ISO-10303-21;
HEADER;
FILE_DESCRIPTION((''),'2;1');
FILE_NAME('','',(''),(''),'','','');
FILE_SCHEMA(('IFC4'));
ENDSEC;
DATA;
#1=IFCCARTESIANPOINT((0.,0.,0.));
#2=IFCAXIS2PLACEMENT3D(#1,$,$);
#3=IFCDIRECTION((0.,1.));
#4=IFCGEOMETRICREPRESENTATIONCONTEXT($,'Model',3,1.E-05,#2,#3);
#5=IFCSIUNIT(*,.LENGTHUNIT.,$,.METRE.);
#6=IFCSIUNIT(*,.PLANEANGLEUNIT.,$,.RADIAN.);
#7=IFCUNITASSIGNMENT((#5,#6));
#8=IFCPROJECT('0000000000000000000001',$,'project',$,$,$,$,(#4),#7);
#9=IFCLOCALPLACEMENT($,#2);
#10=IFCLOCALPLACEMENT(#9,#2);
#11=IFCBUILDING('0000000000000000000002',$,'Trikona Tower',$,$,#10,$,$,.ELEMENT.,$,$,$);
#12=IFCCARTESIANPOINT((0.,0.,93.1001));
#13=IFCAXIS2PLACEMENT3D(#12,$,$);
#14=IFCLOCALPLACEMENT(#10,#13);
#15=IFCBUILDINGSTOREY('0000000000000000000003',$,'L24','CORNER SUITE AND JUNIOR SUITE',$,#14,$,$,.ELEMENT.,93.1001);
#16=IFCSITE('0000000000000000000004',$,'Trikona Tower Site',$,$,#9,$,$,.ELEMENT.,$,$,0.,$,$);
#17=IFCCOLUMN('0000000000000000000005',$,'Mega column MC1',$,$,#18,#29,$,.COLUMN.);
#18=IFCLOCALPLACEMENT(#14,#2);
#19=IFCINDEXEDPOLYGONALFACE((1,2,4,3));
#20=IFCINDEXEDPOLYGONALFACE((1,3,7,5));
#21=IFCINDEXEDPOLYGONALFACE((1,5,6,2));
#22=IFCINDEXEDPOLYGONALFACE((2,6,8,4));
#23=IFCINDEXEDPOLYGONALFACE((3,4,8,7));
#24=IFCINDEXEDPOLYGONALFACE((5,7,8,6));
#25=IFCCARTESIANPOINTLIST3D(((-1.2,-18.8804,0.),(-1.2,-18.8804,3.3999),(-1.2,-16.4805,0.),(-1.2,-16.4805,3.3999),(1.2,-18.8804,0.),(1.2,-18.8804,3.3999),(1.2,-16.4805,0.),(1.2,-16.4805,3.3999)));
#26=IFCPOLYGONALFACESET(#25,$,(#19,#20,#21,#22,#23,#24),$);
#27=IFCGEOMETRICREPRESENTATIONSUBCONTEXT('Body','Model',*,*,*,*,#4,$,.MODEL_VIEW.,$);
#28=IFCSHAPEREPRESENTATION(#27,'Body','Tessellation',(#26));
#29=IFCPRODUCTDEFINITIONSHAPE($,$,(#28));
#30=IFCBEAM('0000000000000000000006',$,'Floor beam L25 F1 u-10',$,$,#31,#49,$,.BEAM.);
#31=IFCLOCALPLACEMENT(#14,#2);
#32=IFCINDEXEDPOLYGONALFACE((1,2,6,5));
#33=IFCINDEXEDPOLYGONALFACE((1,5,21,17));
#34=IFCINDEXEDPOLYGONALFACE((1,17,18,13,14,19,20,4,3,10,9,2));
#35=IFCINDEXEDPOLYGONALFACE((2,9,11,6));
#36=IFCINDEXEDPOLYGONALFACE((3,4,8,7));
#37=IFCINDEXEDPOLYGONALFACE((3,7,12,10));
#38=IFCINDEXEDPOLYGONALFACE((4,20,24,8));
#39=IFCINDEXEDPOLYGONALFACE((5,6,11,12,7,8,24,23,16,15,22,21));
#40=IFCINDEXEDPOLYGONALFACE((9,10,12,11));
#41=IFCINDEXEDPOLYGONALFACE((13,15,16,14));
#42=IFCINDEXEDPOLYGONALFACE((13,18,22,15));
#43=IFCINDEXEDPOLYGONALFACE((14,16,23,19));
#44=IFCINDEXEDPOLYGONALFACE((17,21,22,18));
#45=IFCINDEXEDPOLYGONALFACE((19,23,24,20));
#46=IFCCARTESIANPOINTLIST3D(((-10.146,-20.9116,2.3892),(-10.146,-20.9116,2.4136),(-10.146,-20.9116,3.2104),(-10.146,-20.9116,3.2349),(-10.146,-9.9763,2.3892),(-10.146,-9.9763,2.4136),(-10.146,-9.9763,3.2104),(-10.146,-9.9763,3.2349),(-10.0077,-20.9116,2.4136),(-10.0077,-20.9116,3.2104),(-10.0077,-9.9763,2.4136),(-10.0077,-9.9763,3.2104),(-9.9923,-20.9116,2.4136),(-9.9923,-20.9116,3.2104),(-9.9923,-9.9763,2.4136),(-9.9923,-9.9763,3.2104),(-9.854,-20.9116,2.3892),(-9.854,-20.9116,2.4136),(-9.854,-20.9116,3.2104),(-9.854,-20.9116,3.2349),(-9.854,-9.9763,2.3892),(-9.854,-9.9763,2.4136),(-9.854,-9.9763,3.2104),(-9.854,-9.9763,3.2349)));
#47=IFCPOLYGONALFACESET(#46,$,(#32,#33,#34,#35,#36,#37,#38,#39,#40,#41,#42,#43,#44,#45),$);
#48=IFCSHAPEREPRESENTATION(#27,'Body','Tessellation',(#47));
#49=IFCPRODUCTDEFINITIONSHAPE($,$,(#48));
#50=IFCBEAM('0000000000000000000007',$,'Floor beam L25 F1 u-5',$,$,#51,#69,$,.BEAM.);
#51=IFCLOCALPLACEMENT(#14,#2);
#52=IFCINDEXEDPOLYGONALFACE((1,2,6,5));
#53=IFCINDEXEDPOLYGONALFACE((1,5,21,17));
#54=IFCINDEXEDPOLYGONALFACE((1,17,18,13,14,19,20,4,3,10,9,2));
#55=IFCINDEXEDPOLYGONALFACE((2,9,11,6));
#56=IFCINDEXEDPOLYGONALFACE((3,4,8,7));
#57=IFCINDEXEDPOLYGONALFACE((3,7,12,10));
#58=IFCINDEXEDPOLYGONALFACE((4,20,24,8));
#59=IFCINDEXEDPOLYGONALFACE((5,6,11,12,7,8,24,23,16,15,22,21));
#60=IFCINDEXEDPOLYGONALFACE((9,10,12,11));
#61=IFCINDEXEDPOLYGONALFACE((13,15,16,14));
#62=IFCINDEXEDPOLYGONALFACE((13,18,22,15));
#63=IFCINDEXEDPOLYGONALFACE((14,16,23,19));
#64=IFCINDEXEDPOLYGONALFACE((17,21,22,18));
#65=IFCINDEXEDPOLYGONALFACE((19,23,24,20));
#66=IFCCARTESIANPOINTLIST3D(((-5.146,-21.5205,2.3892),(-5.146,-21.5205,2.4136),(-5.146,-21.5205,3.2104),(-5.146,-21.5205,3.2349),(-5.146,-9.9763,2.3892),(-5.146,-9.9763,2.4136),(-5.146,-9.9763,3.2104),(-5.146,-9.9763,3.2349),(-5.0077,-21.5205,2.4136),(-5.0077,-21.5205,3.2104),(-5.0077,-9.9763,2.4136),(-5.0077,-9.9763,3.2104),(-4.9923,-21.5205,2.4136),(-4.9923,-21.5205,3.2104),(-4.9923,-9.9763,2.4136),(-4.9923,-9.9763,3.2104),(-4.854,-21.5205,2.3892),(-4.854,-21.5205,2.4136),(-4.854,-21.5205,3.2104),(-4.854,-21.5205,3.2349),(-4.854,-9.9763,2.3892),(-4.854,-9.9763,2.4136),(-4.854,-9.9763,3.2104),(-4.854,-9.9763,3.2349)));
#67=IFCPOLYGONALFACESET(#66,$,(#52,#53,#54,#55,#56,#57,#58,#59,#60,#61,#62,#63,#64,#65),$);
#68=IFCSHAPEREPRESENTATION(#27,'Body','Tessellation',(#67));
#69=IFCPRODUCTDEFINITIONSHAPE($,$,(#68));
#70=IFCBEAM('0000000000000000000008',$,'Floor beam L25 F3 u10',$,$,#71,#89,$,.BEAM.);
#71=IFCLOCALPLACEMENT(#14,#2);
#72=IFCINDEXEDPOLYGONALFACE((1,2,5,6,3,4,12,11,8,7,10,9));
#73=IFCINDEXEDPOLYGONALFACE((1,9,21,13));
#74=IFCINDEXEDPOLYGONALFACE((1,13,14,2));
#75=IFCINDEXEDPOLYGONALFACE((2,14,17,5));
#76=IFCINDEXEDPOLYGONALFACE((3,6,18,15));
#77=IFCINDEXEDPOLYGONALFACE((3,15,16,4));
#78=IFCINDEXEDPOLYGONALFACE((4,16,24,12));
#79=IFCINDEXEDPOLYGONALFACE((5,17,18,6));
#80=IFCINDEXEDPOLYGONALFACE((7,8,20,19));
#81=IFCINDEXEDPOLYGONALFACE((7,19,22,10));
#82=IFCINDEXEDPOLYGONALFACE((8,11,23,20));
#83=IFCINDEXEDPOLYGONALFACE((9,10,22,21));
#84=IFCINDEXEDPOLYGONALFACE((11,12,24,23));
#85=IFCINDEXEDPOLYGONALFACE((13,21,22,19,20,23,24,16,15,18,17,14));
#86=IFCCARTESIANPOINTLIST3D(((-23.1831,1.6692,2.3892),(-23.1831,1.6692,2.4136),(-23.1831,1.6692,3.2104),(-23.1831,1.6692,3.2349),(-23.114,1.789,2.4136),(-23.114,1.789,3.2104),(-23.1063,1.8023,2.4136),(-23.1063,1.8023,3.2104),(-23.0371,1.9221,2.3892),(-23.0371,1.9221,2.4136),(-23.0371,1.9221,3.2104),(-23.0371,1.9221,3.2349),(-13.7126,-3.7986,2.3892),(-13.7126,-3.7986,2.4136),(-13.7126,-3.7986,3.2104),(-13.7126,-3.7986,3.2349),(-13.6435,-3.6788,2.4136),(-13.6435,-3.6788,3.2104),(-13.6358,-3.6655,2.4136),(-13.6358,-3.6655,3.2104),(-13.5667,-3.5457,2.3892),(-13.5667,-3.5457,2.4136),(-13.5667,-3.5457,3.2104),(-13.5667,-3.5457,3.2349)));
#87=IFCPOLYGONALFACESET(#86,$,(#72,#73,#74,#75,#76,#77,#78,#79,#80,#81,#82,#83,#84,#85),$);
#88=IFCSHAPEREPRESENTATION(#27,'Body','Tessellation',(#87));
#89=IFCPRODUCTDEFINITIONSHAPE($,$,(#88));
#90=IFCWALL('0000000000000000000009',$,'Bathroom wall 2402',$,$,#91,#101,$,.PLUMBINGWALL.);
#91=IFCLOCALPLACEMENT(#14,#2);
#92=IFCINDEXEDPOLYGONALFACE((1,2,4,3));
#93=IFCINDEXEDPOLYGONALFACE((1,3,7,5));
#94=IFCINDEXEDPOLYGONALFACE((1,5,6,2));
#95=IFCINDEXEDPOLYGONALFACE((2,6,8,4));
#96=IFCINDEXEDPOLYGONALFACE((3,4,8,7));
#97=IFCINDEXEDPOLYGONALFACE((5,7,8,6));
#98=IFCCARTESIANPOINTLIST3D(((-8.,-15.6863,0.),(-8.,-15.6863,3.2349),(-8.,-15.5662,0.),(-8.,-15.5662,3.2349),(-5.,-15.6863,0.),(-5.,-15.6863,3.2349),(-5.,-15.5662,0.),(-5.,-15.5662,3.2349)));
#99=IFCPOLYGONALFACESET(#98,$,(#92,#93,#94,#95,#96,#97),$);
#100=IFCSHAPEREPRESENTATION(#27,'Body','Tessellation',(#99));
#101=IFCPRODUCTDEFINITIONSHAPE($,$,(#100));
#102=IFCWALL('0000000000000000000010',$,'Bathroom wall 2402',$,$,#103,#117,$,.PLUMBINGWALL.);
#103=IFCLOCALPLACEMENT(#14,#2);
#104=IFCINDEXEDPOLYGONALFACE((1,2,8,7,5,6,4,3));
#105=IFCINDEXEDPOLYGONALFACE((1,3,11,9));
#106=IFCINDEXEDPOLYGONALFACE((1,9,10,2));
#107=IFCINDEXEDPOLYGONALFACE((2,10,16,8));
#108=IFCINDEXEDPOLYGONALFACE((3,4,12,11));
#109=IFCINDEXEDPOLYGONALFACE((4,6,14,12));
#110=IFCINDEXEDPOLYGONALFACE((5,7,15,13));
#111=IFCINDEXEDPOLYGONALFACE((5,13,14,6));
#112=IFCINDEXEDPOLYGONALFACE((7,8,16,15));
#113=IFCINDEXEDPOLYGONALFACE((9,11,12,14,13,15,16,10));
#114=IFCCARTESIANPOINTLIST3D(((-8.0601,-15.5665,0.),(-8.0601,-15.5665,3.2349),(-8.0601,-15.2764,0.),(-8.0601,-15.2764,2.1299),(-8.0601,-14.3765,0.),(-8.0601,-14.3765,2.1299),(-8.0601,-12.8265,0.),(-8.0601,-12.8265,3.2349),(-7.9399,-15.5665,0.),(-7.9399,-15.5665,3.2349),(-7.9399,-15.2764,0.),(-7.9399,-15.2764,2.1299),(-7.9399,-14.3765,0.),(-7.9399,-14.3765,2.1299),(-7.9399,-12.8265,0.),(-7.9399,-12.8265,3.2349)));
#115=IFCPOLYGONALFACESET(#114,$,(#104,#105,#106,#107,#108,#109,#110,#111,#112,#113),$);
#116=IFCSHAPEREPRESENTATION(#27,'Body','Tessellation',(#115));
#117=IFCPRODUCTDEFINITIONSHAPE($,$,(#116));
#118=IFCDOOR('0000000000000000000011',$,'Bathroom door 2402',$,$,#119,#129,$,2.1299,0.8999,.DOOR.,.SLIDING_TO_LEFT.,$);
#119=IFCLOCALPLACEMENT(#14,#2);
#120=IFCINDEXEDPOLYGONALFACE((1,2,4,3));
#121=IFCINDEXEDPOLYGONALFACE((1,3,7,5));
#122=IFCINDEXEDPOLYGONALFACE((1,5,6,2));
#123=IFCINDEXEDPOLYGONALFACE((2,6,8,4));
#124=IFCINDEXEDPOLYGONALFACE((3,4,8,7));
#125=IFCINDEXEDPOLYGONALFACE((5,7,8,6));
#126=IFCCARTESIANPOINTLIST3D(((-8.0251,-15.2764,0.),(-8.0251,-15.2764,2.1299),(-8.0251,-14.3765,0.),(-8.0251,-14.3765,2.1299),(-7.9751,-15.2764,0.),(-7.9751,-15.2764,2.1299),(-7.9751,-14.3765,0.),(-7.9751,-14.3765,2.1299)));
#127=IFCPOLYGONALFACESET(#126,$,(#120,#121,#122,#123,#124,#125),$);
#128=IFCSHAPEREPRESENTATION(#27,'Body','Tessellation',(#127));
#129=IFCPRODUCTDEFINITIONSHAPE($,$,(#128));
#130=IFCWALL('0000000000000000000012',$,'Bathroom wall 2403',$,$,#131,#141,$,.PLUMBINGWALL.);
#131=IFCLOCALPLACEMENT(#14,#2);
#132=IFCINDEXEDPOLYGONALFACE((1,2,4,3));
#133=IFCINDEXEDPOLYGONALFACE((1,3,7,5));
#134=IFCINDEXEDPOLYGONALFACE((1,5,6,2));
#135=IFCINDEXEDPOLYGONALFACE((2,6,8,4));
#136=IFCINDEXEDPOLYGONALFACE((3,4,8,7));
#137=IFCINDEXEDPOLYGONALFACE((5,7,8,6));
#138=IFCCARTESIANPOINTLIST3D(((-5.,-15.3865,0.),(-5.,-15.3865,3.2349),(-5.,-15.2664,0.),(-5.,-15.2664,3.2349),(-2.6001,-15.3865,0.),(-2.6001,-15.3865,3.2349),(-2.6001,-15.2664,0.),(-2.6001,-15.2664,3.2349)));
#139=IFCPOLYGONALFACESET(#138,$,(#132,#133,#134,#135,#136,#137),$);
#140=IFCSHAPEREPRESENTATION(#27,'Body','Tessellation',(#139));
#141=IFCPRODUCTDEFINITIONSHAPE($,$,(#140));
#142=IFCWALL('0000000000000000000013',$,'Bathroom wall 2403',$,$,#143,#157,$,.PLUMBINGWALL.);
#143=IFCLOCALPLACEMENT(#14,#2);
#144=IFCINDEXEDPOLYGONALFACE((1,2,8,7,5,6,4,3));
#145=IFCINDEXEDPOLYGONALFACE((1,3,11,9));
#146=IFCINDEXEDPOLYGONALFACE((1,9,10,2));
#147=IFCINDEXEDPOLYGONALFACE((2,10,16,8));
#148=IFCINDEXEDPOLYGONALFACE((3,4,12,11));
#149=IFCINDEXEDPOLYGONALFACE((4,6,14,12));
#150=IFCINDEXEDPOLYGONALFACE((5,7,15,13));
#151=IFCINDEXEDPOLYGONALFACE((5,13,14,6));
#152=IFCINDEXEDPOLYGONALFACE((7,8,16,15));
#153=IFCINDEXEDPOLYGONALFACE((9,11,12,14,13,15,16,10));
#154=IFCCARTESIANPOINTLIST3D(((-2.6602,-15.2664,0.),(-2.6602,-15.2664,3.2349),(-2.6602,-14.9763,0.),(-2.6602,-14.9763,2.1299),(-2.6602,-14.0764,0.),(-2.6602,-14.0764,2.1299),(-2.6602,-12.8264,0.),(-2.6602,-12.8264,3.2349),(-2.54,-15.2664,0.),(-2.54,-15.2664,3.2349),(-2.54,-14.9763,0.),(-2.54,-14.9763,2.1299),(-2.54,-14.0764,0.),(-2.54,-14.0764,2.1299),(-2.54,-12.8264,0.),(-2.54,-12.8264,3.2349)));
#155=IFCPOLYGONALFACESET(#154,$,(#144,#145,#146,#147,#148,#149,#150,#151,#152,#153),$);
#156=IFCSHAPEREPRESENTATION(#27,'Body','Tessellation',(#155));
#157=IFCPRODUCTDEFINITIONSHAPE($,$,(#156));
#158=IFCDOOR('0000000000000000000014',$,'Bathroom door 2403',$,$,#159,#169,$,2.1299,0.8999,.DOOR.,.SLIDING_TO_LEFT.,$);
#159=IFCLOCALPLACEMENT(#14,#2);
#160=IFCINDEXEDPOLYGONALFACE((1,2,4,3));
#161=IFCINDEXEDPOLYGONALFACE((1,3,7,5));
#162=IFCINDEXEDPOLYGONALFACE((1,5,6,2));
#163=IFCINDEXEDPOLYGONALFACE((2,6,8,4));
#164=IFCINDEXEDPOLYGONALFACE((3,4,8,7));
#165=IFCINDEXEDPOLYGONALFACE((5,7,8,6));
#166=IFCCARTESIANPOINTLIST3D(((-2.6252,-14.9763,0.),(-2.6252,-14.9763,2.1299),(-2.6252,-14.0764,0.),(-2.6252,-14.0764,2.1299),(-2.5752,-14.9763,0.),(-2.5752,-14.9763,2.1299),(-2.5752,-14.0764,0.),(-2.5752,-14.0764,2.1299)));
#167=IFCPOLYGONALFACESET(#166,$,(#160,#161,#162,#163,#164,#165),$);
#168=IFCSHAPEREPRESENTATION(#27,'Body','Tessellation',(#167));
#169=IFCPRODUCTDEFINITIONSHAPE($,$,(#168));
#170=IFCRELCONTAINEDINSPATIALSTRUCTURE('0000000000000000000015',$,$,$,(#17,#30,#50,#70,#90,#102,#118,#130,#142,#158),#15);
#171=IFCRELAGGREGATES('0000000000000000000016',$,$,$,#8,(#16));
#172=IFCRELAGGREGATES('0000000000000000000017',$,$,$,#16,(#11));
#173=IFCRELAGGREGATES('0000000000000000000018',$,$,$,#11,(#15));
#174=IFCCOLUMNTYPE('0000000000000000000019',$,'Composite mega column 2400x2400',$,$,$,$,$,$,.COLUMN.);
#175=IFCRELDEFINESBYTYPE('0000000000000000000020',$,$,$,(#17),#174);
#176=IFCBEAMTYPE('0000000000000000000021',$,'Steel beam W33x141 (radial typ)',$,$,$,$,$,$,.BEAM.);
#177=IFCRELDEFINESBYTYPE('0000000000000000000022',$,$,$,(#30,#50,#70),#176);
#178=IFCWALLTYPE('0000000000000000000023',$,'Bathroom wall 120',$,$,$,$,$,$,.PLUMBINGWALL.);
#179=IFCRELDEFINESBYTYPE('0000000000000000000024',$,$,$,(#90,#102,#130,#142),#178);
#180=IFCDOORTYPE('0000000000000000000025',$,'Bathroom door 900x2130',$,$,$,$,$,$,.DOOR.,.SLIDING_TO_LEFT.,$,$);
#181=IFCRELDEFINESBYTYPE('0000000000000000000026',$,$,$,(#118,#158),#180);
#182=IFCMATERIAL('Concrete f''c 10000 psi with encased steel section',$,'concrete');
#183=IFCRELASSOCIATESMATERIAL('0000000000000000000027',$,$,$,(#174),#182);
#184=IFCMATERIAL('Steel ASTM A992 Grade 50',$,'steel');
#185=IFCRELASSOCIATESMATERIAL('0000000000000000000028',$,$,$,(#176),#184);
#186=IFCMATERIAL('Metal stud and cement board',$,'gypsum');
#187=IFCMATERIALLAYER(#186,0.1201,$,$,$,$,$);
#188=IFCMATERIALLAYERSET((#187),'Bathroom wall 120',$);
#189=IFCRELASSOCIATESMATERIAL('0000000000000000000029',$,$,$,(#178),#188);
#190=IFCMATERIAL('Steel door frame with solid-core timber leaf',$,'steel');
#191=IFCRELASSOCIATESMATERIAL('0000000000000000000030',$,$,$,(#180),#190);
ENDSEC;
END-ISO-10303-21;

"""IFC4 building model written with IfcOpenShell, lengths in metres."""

from ifc_helpers import new_model, si_unit, direction, frame, frame_2d, origin, origin_2d, place, context, subcontext, project, spatial, rectangle, i_section, extrude, material, layer, layer_set, material_profile, profile_set, type_object, element, fill, save


model = new_model("IFC4")

# Units and contexts
model_context = context("Model", 3, precision=1e-05, world=origin(), true_north=direction((0.0, 1.0)))
body_context = subcontext(model_context, "Body", "Model", "MODEL_VIEW")
ifc_project = project(units=[si_unit("LENGTHUNIT", "METRE"), si_unit("PLANEANGLEUNIT", "RADIAN")], contexts=[model_context])

# Site, building, storey
site_placement = place(None, origin())
site = spatial("IfcSite", under=ifc_project, at=site_placement, Name="Trikona Tower Site", CompositionType="ELEMENT", RefElevation=0.0)
building_placement = place(site_placement, origin())
building = spatial("IfcBuilding", under=site, at=building_placement, Name="Trikona Tower", CompositionType="ELEMENT")
storey_placement = place(building_placement, frame((0.0, 0.0, 93.1001)))
storey = spatial("IfcBuildingStorey", under=building, at=storey_placement, Name="L24", Description="CORNER SUITE AND JUNIOR SUITE", CompositionType="ELEMENT", Elevation=93.1001)

# Column
ifc_material_1 = material(Name="Concrete f'c 10000 psi with encased steel section", Category="concrete")
ifc_material_profile_1 = material_profile(ifc_material_1, rectangle(XDim=2.3999, YDim=2.3999, at=origin_2d()), Name="MC2400")
ifc_profile_set_1 = profile_set([ifc_material_profile_1], Name="Concrete f'c 10000 psi with encased steel section")
column_type = type_object("IfcColumnType", Name="Composite mega column 2400x2400", PredefinedType="COLUMN", material=ifc_profile_set_1)
column_placement = place(storey_placement, frame((0.0, -17.6804, 0.0), z_axis=(0.0, 0.0, 1.0), x_axis=(0.0, -1.0, 0.0)))
element("IfcColumn", 1, at=column_placement, inside=storey, type_object=column_type, Name="Mega column MC1", PredefinedType="COLUMN", context=body_context, shape_type="SweptSolid", body=[
    extrude(rectangle(XDim=2.3999, YDim=2.3999, at=origin_2d()), origin(), (0.0, 0.0, 1.0), 3.3999),
])

# Beams
ifc_material_2 = material(Name="Steel ASTM A992 Grade 50", Category="steel")
ifc_material_profile_2 = material_profile(ifc_material_2, i_section(OverallWidth=0.292, OverallDepth=0.8457, WebThickness=0.0154, FlangeThickness=0.0244, at=origin_2d()), Name="W33X141")
ifc_profile_set_2 = profile_set([ifc_material_profile_2], Name="Steel ASTM A992 Grade 50")
beam_type = type_object("IfcBeamType", Name="Steel beam W33x141 (radial typ)", PredefinedType="BEAM", material=ifc_profile_set_2)
beam_1_placement = place(storey_placement, frame((-10.0, -9.9763, 2.812), z_axis=(0.0, -1.0, 0.0), x_axis=(1.0, 0.0, 0.0)))
element("IfcBeam", 2, at=beam_1_placement, inside=storey, type_object=beam_type, Name="Floor beam L25 F1 u-10", PredefinedType="BEAM", context=body_context, shape_type="SweptSolid", body=[
    extrude(i_section(OverallWidth=0.292, OverallDepth=0.8457, WebThickness=0.0154, FlangeThickness=0.0244, at=origin_2d()), origin(), (0.0, 0.0, 1.0), 10.9353),
])
beam_2_placement = place(storey_placement, frame((-5.0, -9.9763, 2.812), z_axis=(0.0, -1.0, 0.0), x_axis=(1.0, 0.0, 0.0)))
element("IfcBeam", 3, at=beam_2_placement, inside=storey, type_object=beam_type, Name="Floor beam L25 F1 u-5", PredefinedType="BEAM", context=body_context, shape_type="SweptSolid", body=[
    extrude(i_section(OverallWidth=0.292, OverallDepth=0.8457, WebThickness=0.0154, FlangeThickness=0.0244, at=origin_2d()), origin(), (0.0, 0.0, 1.0), 11.5442),
])
beam_3_placement = place(storey_placement, frame((-13.6396, -3.6721, 2.812), z_axis=(-0.866025, 0.5, 0.0), x_axis=(-0.5, -0.866025, 0.0)))
element("IfcBeam", 4, at=beam_3_placement, inside=storey, type_object=beam_type, Name="Floor beam L25 F3 u10", PredefinedType="BEAM", context=body_context, shape_type="SweptSolid", body=[
    extrude(i_section(OverallWidth=0.292, OverallDepth=0.8457, WebThickness=0.0154, FlangeThickness=0.0244, at=origin_2d()), origin(), (0.0, 0.0, 1.0), 10.9355),
])

# Wall
ifc_material_3 = material(Name="Metal stud and cement board", Category="gypsum")
ifc_layer_1 = layer(ifc_material_3, 0.1201)
ifc_layer_set_1 = layer_set([ifc_layer_1], Name="Bathroom wall 120")
wall_type_1 = type_object("IfcWallType", Name="Bathroom wall 120", PredefinedType="PLUMBINGWALL", material=ifc_layer_set_1)
wall_1_placement = place(storey_placement, frame((-8.0, -15.6262, 0.0), z_axis=(0.0, 0.0, 1.0), x_axis=(1.0, 0.0, 0.0)))
element("IfcWall", 5, at=wall_1_placement, inside=storey, type_object=wall_type_1, Name="Bathroom wall 2402", PredefinedType="PLUMBINGWALL", context=body_context, shape_type="SweptSolid", body=[
    extrude(rectangle(XDim=3.0, YDim=0.1201, at=frame_2d((1.5, 0.0))), origin(), (0.0, 0.0, 1.0), 3.2349),
])

# Wall, opening, door
wall_2_placement = place(storey_placement, frame((-8.0, -12.8264, 0.0), z_axis=(0.0, 0.0, 1.0), x_axis=(0.0, -1.0, 0.0)))
wall_2 = element("IfcWall", 6, at=wall_2_placement, inside=storey, type_object=wall_type_1, Name="Bathroom wall 2402", PredefinedType="PLUMBINGWALL", context=body_context, shape_type="SweptSolid", body=[
    extrude(rectangle(XDim=2.74, YDim=0.1201, at=frame_2d((1.3701, 0.0))), origin(), (0.0, 0.0, 1.0), 3.2349),
])
opening_1_placement = place(wall_2_placement, frame((1.55, 0.0, 0.0)))
opening_1 = element("IfcOpeningElement", 7, at=opening_1_placement, cuts=wall_2, PredefinedType="OPENING", context=body_context, shape_type="SweptSolid", body=[
    extrude(rectangle(XDim=0.8999, YDim=2.1299, at=frame_2d((0.45, 1.0649))), frame((0.0, 0.0701, 0.0), z_axis=(0.0, -1.0, 0.0), x_axis=(1.0, 0.0, 0.0)), (0.0, 0.0, 1.0), 0.1401),
])
ifc_material_4 = material(Name="Steel door frame with solid-core timber leaf", Category="steel")
door_type_1 = type_object("IfcDoorType", Name="Bathroom door 900x2130", OperationType="SLIDING_TO_LEFT", PredefinedType="DOOR", material=ifc_material_4)
door_1_placement = place(opening_1_placement, origin())
door_1 = element("IfcDoor", 8, at=door_1_placement, inside=storey, type_object=door_type_1, Name="Bathroom door 2402", OperationType="SLIDING_TO_LEFT", OverallHeight=2.1299, OverallWidth=0.8999, PredefinedType="DOOR", context=body_context, shape_type="SweptSolid", body=[
    extrude(rectangle(XDim=0.8999, YDim=2.1299, at=frame_2d((0.45, 1.0649))), frame((0.0, 0.0249, 0.0), z_axis=(0.0, -1.0, 0.0), x_axis=(1.0, 0.0, 0.0)), (0.0, 0.0, 1.0), 0.05),
])
fill(opening_1, door_1)

# Wall
wall_3_placement = place(storey_placement, frame((-5.0, -15.3264, 0.0), z_axis=(0.0, 0.0, 1.0), x_axis=(1.0, 0.0, 0.0)))
element("IfcWall", 9, at=wall_3_placement, inside=storey, type_object=wall_type_1, Name="Bathroom wall 2403", PredefinedType="PLUMBINGWALL", context=body_context, shape_type="SweptSolid", body=[
    extrude(rectangle(XDim=2.3999, YDim=0.1201, at=frame_2d((1.2, 0.0))), origin(), (0.0, 0.0, 1.0), 3.2349),
])

# Wall, opening, door
wall_4_placement = place(storey_placement, frame((-2.6001, -12.8264, 0.0), z_axis=(0.0, 0.0, 1.0), x_axis=(0.0, -1.0, 0.0)))
wall_4 = element("IfcWall", 10, at=wall_4_placement, inside=storey, type_object=wall_type_1, Name="Bathroom wall 2403", PredefinedType="PLUMBINGWALL", context=body_context, shape_type="SweptSolid", body=[
    extrude(rectangle(XDim=2.4399, YDim=0.1201, at=frame_2d((1.22, 0.0))), origin(), (0.0, 0.0, 1.0), 3.2349),
])
opening_2_placement = place(wall_4_placement, frame((1.25, 0.0, 0.0)))
opening_2 = element("IfcOpeningElement", 11, at=opening_2_placement, cuts=wall_4, PredefinedType="OPENING", context=body_context, shape_type="SweptSolid", body=[
    extrude(rectangle(XDim=0.8999, YDim=2.1299, at=frame_2d((0.45, 1.0649))), frame((0.0, 0.0701, 0.0), z_axis=(0.0, -1.0, 0.0), x_axis=(1.0, 0.0, 0.0)), (0.0, 0.0, 1.0), 0.1401),
])
door_2_placement = place(opening_2_placement, origin())
door_2 = element("IfcDoor", 12, at=door_2_placement, inside=storey, type_object=door_type_1, Name="Bathroom door 2403", OperationType="SLIDING_TO_LEFT", OverallHeight=2.1299, OverallWidth=0.8999, PredefinedType="DOOR", context=body_context, shape_type="SweptSolid", body=[
    extrude(rectangle(XDim=0.8999, YDim=2.1299, at=frame_2d((0.45, 1.0649))), frame((0.0, 0.0249, 0.0), z_axis=(0.0, -1.0, 0.0), x_axis=(1.0, 0.0, 0.0)), (0.0, 0.0, 1.0), 0.05),
])
fill(opening_2, door_2)

save(model, "model.ifc")
